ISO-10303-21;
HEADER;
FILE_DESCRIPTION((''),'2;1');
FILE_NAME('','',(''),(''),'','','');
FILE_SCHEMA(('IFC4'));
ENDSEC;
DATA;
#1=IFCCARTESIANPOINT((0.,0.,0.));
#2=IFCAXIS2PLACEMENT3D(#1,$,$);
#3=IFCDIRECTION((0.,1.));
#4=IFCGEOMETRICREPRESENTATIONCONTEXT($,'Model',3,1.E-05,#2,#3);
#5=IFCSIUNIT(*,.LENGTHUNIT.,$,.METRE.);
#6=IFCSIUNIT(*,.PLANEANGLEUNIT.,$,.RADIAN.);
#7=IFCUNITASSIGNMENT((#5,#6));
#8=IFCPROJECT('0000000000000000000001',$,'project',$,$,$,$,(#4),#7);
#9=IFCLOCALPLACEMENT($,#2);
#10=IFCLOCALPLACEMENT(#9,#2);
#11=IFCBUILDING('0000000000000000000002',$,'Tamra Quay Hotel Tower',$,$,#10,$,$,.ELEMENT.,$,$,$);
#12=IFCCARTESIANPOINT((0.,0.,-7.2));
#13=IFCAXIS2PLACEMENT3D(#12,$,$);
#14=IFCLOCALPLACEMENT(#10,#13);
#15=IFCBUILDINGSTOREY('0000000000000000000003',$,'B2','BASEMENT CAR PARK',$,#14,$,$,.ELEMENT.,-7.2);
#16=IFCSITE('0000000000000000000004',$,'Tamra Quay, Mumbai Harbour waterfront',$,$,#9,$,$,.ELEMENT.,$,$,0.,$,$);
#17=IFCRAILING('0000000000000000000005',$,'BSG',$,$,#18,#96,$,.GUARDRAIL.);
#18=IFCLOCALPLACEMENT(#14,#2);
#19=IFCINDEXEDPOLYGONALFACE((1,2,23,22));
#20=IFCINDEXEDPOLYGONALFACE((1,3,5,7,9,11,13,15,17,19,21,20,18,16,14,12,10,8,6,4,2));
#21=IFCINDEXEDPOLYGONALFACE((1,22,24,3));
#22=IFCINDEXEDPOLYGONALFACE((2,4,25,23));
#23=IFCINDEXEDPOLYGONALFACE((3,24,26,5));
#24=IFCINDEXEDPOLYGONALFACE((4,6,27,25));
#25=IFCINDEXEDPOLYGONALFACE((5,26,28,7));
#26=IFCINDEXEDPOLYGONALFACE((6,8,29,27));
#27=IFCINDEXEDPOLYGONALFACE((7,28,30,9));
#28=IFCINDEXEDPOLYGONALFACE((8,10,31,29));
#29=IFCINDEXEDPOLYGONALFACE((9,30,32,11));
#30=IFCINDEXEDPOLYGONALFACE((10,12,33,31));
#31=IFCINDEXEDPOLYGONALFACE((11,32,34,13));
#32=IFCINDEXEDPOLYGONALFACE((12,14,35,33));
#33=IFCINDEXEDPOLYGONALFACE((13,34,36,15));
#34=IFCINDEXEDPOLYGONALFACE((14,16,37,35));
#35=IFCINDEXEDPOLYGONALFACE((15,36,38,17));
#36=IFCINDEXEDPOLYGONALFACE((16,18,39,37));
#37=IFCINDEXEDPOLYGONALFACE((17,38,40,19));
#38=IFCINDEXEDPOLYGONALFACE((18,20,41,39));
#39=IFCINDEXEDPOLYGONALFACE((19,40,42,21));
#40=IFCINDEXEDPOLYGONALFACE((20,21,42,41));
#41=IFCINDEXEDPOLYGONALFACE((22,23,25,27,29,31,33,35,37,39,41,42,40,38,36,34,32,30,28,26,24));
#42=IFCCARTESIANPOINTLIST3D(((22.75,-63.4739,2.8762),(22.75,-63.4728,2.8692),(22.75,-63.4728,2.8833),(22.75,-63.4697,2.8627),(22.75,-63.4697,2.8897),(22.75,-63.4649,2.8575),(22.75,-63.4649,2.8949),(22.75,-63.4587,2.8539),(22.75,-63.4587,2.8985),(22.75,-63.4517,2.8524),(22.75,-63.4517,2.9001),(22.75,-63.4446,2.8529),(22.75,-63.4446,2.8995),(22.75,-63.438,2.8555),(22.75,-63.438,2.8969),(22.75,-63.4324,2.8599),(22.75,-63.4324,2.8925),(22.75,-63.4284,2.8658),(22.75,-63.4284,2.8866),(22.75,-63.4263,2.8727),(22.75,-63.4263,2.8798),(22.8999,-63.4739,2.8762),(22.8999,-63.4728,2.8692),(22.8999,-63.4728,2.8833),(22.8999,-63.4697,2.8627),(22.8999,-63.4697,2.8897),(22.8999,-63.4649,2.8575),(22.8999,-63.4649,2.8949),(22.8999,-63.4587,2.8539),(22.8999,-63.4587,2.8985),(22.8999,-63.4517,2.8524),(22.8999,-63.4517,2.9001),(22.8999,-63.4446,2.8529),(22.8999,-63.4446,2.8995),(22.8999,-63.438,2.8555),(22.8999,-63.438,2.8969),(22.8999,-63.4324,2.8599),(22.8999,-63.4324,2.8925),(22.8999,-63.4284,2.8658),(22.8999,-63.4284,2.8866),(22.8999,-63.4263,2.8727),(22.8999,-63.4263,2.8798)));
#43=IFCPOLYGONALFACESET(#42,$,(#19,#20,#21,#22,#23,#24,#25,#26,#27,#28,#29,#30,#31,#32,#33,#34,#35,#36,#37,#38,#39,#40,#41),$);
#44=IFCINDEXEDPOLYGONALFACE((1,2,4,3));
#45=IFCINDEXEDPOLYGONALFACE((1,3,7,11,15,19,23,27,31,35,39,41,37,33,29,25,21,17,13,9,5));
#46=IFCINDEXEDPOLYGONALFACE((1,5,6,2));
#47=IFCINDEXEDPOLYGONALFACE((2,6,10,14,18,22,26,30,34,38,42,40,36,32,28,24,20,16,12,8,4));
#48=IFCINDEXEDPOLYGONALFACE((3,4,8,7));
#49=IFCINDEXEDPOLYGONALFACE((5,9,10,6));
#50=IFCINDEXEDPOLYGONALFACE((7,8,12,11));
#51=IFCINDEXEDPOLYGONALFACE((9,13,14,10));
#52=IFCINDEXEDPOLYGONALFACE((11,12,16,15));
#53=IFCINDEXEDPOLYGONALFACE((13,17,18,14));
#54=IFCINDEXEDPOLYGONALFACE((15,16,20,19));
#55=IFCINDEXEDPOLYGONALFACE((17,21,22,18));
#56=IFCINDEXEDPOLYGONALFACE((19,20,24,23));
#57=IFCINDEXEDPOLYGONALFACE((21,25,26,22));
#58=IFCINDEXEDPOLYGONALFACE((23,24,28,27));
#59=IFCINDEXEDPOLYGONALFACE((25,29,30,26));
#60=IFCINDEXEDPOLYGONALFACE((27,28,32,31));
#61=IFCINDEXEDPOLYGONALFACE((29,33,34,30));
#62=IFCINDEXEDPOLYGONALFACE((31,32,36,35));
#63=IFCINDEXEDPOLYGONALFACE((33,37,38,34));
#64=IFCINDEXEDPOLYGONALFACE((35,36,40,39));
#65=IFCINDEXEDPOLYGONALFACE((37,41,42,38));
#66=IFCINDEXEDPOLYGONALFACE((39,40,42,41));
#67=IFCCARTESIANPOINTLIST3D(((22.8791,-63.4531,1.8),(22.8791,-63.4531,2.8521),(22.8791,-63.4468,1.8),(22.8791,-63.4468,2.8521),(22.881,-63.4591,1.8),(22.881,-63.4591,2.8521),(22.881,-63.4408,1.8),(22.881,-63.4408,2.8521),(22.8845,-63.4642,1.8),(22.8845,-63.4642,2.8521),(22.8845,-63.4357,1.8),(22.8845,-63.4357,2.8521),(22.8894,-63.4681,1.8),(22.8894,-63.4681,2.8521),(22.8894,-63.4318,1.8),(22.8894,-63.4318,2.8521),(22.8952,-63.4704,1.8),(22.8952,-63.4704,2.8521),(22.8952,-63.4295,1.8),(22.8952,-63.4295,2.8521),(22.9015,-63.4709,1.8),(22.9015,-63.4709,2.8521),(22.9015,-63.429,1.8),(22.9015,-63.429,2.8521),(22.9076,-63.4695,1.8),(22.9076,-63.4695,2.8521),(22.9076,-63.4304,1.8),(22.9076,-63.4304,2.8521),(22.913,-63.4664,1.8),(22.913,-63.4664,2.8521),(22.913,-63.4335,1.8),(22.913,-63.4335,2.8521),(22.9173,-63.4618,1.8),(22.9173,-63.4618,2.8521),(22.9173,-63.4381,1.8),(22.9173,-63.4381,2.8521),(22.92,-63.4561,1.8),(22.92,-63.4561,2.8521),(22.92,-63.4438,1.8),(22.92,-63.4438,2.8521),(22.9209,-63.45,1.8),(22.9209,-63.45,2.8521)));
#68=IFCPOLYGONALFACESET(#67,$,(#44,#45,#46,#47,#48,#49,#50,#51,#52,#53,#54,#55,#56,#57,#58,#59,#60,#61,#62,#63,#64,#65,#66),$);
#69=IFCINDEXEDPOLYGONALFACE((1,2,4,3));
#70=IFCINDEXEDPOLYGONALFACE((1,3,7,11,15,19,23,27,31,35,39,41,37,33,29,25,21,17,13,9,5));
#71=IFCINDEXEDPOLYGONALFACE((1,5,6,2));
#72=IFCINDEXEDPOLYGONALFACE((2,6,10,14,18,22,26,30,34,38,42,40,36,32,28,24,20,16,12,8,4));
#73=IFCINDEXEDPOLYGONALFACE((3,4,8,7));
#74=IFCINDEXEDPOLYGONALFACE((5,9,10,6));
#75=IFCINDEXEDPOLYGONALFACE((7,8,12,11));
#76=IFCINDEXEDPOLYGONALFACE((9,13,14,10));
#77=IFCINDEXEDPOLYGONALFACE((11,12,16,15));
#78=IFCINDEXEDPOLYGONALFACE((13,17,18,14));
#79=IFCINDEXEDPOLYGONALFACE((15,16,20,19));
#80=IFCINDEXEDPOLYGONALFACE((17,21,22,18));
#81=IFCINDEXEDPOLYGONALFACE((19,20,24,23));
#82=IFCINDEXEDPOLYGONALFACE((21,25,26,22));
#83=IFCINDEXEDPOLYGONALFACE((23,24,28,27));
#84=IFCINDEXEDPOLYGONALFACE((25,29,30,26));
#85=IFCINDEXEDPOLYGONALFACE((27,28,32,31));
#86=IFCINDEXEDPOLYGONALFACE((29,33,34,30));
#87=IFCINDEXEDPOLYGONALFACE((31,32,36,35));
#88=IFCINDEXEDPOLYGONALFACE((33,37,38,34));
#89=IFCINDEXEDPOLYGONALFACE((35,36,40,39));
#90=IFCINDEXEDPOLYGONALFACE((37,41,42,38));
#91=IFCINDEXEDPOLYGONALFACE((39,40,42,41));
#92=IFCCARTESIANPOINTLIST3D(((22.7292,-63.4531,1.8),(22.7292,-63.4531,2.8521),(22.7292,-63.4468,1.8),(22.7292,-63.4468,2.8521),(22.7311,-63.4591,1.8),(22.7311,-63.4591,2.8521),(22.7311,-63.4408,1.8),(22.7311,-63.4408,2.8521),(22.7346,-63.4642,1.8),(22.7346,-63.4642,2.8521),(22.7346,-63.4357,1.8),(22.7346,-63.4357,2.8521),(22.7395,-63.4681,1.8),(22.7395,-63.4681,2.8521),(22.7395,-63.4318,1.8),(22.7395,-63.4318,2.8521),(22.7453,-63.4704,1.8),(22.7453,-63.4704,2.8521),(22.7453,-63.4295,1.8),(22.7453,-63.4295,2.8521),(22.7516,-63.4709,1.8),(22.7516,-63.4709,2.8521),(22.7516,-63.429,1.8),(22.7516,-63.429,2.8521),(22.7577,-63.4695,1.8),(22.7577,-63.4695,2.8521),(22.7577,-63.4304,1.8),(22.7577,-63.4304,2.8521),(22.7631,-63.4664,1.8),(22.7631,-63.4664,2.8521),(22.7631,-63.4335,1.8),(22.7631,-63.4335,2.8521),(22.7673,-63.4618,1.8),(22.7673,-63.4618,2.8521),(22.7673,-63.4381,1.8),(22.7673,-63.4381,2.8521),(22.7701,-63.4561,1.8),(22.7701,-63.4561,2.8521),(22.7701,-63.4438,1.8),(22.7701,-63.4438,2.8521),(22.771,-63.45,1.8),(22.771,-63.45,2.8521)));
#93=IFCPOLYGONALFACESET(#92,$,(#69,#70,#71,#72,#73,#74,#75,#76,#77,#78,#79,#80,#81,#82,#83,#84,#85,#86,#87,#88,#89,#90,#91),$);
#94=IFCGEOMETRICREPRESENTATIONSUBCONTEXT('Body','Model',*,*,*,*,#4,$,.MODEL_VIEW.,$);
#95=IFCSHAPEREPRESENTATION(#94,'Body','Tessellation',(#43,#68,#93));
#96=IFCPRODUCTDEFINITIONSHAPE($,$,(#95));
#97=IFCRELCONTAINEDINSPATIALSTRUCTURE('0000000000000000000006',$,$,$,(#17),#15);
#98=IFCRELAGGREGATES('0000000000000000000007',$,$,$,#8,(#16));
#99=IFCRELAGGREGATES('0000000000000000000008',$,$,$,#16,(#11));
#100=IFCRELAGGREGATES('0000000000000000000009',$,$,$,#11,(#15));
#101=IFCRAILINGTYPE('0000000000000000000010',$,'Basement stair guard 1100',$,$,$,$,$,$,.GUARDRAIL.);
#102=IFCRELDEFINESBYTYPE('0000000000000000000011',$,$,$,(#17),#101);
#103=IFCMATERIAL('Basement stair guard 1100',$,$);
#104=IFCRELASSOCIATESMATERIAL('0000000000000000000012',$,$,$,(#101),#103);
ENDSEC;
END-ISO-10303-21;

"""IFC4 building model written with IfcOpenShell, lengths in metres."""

from ifc_helpers import new_model, si_unit, direction, frame, origin, origin_2d, place, context, subcontext, project, spatial, circle, extrude, material, type_object, element, save


model = new_model("IFC4")

# Units and contexts
model_context = context("Model", 3, precision=1e-05, world=origin(), true_north=direction((0.0, 1.0)))
body_context = subcontext(model_context, "Body", "Model", "MODEL_VIEW")
ifc_project = project(units=[si_unit("LENGTHUNIT", "METRE"), si_unit("PLANEANGLEUNIT", "RADIAN")], contexts=[model_context])

# Site, building, storey
site_placement = place(None, origin())
site = spatial("IfcSite", under=ifc_project, at=site_placement, Name="Tamra Quay, Mumbai Harbour waterfront", CompositionType="ELEMENT", RefElevation=0.0)
building_placement = place(site_placement, origin())
building = spatial("IfcBuilding", under=site, at=building_placement, Name="Tamra Quay Hotel Tower", CompositionType="ELEMENT")
storey_placement = place(building_placement, frame((0.0, 0.0, -7.2)))
storey = spatial("IfcBuildingStorey", under=building, at=storey_placement, Name="B2", Description="BASEMENT CAR PARK", CompositionType="ELEMENT", Elevation=-7.2)

# Railing
ifc_material_1 = material(Name="Basement stair guard 1100")
railing_type_1 = type_object("IfcRailingType", Name="Basement stair guard 1100", PredefinedType="GUARDRAIL", material=ifc_material_1)
railing_1_placement = place(storey_placement, frame((22.8999, -63.45, 1.8)))
element("IfcRailing", 1, at=railing_1_placement, inside=storey, type_object=railing_type_1, Name="BSG", PredefinedType="GUARDRAIL", context=body_context, shape_type="SweptSolid", body=[
    extrude(circle(Radius=0.0239, at=origin_2d()), frame((0.0, 0.0, 1.0762), z_axis=(-1.0, 0.0, 0.0), x_axis=(0.0, -1.0, 0.0)), (0.0, 0.0, 1.0), 0.1499),
    extrude(circle(Radius=0.021, at=origin_2d()), origin(), (0.0, 0.0, 1.0), 1.052),
    extrude(circle(Radius=0.021, at=origin_2d()), frame((-0.1499, 0.0, 0.0)), (0.0, 0.0, 1.0), 1.052),
])

save(model, "model.ifc")
